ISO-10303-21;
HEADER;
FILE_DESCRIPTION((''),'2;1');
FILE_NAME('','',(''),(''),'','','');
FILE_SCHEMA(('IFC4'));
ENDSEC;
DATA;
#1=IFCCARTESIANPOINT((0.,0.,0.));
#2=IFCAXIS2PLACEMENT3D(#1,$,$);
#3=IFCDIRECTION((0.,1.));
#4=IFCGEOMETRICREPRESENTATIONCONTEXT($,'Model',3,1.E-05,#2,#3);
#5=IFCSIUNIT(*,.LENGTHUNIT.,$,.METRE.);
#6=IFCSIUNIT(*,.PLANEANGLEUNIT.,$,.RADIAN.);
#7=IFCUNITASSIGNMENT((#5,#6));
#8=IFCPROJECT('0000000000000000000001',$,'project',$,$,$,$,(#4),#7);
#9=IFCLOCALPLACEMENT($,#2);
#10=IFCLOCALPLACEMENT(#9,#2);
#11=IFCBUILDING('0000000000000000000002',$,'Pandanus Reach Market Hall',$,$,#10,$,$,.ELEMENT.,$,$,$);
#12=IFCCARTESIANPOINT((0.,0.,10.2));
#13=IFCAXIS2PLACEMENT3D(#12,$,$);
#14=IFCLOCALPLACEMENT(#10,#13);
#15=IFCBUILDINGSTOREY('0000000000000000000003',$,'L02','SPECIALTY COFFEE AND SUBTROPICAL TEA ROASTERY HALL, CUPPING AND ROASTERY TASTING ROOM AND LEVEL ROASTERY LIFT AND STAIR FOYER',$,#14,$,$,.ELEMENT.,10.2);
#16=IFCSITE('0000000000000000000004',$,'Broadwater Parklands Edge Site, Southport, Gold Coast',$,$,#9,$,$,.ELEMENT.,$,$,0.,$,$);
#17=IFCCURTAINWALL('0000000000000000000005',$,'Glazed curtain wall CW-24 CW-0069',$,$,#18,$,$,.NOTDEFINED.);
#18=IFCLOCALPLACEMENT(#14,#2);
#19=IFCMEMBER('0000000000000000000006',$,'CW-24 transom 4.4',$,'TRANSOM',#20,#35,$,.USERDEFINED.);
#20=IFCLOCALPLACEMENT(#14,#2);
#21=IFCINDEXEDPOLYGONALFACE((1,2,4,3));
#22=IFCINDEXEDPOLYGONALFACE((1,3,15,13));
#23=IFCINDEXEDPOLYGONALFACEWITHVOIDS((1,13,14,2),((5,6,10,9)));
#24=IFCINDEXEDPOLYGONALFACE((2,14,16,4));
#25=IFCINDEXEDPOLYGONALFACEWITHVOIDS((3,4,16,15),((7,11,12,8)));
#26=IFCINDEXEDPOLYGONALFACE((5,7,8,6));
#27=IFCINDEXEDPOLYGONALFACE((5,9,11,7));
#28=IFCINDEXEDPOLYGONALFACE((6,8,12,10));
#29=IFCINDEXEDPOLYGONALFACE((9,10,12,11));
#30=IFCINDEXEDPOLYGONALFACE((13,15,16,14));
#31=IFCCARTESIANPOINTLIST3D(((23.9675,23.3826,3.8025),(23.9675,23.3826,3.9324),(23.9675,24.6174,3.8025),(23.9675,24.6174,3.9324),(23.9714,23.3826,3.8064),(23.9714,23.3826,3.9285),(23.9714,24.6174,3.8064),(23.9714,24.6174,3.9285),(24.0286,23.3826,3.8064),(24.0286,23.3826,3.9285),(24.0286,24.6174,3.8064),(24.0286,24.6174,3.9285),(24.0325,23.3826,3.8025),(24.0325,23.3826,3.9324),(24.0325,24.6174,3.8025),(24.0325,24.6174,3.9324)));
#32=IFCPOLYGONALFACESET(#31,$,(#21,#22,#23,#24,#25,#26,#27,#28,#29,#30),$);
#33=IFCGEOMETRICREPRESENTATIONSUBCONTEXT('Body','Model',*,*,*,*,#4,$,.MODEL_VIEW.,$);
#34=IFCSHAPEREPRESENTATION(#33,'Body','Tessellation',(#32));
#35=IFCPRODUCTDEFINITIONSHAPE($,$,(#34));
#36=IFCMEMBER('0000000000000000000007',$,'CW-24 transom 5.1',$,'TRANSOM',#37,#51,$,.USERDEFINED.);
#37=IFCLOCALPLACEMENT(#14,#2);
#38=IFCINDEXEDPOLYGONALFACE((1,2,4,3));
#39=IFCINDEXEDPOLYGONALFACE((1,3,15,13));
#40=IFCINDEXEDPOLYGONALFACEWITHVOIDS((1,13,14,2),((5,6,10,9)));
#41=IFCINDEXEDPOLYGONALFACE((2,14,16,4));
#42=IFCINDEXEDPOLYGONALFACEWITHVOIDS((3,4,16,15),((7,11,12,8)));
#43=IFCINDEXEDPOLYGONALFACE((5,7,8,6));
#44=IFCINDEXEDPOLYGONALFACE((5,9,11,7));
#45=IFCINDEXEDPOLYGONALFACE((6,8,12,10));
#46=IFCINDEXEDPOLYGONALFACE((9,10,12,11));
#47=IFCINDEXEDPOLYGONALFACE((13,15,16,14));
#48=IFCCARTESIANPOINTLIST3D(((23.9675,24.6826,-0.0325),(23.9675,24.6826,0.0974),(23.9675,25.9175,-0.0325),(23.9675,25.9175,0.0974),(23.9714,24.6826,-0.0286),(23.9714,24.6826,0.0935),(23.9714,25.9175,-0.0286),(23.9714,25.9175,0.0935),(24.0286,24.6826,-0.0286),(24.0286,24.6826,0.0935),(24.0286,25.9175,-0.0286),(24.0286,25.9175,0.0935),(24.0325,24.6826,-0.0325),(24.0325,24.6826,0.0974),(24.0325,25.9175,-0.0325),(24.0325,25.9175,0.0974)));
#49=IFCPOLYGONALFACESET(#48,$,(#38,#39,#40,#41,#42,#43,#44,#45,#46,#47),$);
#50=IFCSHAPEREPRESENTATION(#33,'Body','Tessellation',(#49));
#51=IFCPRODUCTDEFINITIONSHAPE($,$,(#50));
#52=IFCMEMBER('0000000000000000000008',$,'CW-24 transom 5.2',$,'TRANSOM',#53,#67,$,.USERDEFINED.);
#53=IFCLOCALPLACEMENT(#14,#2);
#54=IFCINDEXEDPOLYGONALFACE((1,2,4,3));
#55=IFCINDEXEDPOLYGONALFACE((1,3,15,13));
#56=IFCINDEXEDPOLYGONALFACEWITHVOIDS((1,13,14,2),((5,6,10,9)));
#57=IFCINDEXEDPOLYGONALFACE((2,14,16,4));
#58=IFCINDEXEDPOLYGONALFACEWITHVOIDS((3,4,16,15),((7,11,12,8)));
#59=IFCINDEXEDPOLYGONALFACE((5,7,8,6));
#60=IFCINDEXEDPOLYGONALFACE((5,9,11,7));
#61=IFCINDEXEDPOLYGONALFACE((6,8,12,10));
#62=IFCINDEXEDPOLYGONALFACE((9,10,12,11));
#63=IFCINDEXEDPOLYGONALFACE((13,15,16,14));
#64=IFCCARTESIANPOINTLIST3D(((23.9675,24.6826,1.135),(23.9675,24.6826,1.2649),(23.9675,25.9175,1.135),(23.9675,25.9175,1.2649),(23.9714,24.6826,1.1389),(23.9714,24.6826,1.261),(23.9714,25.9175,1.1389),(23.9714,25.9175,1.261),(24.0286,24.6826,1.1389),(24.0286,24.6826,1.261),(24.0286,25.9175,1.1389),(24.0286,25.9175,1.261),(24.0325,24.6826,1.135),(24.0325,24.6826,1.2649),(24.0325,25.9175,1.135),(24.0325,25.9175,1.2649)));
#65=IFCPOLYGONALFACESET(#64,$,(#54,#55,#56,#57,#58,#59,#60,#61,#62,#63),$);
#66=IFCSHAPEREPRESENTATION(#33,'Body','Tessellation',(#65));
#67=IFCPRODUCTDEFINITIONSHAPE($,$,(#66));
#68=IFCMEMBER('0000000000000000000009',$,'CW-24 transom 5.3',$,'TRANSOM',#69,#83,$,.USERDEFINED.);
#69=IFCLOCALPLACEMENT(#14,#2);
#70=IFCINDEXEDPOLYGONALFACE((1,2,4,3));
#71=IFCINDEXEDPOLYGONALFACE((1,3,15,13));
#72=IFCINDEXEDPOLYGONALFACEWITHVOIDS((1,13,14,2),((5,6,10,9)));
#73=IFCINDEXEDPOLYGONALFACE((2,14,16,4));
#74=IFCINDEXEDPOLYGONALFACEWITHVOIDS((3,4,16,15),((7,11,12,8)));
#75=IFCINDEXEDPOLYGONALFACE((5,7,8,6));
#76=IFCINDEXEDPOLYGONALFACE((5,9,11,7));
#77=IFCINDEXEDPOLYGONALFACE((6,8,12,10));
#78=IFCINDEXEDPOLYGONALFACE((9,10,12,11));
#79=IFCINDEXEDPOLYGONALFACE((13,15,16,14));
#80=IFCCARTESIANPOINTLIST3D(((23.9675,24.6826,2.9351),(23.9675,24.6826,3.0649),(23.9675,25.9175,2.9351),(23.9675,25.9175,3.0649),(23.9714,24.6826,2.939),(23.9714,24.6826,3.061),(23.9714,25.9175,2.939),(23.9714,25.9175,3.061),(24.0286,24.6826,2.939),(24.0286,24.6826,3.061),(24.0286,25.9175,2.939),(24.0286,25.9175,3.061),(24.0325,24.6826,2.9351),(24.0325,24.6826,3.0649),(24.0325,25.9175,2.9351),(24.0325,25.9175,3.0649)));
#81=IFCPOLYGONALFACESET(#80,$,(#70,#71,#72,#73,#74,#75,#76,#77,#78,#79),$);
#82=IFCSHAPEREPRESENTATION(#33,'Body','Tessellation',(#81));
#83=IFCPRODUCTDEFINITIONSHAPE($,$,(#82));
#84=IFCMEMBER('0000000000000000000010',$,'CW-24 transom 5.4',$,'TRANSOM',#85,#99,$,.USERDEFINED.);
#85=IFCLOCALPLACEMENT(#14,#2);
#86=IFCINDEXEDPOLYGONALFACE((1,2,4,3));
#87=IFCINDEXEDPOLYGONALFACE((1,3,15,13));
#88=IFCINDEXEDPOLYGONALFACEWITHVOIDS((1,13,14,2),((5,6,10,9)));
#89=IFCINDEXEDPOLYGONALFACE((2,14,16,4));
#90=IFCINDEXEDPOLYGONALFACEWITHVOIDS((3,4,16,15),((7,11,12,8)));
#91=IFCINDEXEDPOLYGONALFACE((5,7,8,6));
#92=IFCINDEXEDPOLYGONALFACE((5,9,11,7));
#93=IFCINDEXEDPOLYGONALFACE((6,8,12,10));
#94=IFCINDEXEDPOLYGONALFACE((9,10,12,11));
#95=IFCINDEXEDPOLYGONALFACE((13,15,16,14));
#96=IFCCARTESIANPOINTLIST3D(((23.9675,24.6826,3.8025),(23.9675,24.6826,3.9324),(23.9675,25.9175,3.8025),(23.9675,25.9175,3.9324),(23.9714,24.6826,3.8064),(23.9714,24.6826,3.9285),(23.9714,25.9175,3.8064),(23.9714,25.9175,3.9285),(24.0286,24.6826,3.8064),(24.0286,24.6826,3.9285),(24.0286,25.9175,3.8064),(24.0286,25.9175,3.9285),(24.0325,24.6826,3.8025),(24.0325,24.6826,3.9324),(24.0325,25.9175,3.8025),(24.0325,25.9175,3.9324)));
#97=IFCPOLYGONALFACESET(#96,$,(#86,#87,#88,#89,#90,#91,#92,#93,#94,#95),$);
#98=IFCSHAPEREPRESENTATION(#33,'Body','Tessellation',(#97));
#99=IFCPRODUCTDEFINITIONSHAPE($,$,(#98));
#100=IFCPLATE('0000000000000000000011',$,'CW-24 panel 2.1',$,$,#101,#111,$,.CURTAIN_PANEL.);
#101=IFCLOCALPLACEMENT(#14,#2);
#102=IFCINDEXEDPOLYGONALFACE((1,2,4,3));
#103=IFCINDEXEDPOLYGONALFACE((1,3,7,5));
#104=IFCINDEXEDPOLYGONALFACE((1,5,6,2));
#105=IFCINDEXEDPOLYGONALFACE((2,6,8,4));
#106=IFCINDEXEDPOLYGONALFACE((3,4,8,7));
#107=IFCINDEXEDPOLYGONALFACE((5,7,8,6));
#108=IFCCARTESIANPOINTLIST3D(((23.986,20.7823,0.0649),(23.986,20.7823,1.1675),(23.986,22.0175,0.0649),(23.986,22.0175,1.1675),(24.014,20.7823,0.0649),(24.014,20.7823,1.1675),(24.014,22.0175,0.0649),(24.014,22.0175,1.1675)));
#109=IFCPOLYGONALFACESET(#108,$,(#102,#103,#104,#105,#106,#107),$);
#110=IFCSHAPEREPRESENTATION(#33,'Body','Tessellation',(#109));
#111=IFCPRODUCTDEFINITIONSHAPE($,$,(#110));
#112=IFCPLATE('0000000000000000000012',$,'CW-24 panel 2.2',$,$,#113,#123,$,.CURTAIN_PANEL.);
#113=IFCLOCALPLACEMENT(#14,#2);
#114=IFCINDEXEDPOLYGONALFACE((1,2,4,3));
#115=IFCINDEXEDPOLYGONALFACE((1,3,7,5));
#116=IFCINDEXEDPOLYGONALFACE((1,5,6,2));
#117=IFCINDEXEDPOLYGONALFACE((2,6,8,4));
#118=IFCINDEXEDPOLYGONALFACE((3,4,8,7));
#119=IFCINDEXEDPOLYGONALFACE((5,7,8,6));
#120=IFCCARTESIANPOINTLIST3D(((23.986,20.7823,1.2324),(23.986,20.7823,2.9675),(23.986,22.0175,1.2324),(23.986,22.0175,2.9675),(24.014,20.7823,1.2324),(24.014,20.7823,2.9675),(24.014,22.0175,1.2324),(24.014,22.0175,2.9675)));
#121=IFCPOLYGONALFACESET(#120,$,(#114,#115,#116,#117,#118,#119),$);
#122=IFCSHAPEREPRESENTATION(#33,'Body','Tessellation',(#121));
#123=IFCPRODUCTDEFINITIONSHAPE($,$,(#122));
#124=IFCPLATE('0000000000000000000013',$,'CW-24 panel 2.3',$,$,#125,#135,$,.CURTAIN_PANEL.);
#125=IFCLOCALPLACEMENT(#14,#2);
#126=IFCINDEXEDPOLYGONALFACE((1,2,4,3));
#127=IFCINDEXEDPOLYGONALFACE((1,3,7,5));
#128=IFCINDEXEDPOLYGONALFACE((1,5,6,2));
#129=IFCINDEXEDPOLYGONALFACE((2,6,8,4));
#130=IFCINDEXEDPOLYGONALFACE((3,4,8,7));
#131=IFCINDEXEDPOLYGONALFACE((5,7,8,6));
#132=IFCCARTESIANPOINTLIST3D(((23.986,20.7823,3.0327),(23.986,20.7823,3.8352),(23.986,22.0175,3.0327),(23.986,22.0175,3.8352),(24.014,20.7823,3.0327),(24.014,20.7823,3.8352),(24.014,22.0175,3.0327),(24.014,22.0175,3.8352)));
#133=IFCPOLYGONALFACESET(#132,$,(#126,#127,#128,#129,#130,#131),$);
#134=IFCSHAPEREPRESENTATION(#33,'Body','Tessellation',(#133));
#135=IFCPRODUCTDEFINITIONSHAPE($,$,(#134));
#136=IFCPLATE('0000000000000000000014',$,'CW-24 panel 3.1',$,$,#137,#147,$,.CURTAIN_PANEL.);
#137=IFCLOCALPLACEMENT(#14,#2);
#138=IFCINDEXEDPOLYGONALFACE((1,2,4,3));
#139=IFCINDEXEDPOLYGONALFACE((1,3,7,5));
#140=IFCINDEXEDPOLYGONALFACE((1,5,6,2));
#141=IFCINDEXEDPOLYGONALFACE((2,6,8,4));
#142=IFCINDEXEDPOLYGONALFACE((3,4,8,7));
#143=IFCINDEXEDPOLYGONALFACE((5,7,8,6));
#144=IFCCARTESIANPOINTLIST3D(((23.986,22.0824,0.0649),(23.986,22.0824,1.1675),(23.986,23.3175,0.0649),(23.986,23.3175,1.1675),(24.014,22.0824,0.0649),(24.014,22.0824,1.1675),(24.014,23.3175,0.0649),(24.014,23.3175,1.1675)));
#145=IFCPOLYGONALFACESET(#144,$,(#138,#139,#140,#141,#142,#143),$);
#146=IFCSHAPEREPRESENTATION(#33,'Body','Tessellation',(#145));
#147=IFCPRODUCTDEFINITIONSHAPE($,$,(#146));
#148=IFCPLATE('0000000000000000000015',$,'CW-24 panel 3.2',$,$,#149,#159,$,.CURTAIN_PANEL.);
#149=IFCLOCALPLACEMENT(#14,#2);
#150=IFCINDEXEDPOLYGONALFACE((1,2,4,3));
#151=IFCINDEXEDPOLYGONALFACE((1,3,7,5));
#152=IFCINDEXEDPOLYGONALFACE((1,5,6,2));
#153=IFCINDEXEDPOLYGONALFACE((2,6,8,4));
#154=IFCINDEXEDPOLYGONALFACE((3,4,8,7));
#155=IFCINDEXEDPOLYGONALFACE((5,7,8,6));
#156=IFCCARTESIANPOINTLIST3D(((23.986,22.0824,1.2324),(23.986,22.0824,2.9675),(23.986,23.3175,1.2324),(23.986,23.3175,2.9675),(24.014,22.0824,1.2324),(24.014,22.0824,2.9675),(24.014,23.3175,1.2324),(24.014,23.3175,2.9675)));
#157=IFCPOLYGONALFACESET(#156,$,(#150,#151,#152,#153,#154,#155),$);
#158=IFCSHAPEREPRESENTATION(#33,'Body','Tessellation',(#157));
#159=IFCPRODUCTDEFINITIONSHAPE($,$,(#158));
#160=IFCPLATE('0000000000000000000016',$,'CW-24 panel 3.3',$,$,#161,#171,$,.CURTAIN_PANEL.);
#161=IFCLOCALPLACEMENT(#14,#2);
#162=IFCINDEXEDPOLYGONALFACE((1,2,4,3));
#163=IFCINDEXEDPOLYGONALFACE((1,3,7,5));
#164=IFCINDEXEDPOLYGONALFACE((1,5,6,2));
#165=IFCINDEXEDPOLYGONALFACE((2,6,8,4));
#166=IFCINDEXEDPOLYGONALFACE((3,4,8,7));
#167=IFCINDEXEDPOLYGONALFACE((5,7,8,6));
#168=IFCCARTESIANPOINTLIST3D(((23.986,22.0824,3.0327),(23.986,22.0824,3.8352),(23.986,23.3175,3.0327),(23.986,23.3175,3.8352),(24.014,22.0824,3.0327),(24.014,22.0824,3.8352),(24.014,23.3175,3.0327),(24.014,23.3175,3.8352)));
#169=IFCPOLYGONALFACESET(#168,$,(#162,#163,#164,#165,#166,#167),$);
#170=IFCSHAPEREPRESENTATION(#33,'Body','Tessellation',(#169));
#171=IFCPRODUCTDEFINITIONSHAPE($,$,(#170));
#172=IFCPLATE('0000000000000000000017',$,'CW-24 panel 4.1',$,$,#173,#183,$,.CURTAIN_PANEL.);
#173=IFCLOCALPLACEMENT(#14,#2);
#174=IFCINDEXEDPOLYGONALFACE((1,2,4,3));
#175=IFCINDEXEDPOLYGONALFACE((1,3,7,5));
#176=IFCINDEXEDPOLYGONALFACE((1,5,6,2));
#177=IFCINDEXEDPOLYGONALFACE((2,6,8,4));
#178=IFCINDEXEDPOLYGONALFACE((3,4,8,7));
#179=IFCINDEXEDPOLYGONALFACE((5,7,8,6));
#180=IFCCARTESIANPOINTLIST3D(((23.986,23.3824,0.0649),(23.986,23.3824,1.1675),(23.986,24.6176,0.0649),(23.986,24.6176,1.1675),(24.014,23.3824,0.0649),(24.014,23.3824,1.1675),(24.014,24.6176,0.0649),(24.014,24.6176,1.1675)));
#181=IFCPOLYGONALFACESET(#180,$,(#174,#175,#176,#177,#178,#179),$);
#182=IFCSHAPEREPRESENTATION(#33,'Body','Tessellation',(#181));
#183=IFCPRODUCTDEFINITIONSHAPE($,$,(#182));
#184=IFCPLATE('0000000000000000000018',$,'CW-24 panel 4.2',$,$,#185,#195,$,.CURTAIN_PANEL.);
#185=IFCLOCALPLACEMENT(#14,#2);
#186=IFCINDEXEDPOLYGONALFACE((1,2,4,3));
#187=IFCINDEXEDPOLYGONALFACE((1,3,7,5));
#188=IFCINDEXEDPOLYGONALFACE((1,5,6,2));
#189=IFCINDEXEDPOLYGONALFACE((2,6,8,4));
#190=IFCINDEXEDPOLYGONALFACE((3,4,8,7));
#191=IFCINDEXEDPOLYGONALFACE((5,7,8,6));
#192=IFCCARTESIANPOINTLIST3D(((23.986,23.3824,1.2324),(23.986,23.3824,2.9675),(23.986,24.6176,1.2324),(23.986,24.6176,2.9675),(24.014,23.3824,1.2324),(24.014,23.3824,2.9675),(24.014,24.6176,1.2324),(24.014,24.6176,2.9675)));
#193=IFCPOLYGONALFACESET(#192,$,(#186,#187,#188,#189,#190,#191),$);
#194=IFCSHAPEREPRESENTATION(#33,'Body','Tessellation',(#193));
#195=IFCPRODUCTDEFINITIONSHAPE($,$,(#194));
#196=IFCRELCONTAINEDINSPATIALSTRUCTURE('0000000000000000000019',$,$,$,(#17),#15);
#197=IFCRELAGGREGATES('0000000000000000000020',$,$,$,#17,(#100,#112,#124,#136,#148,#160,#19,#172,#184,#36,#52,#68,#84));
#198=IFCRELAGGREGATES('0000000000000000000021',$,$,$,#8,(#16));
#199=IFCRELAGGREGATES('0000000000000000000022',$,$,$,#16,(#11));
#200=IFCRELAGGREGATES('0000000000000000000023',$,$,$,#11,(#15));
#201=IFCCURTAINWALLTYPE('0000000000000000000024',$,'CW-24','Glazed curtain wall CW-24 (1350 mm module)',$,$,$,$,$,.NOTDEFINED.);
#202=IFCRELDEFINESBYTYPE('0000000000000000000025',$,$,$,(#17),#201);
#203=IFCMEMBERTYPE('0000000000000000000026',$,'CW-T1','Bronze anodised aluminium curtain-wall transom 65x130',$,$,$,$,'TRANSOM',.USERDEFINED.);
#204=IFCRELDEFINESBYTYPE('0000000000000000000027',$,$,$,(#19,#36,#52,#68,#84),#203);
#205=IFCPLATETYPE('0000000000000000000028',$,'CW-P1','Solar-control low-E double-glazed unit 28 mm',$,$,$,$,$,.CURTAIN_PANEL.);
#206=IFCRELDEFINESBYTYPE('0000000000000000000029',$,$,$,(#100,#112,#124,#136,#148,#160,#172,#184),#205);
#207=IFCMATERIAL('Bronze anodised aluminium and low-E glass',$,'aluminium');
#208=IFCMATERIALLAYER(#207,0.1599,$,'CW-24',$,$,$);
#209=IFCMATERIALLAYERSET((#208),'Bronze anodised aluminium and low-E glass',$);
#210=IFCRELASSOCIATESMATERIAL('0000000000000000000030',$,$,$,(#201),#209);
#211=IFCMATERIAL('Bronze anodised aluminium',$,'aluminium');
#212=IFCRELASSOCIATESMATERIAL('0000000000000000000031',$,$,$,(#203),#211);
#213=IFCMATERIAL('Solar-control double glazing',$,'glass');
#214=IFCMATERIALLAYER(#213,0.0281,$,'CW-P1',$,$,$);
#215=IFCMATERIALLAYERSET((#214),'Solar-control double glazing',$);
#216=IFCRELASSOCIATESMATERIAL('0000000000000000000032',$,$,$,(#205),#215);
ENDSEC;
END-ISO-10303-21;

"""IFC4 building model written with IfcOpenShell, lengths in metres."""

from ifc_helpers import new_model, si_unit, direction, frame, origin, origin_2d, place, context, subcontext, project, spatial, rectangle, hollow_rectangle, extrude, material, layer, layer_set, material_profile, profile_set, type_object, element, aggregate, save


model = new_model("IFC4")

# Units and contexts
model_context = context("Model", 3, precision=1e-05, world=origin(), true_north=direction((0.0, 1.0)))
body_context = subcontext(model_context, "Body", "Model", "MODEL_VIEW")
ifc_project = project(units=[si_unit("LENGTHUNIT", "METRE"), si_unit("PLANEANGLEUNIT", "RADIAN")], contexts=[model_context])

# Site, building, storey
site_placement = place(None, origin())
site = spatial("IfcSite", under=ifc_project, at=site_placement, Name="Broadwater Parklands Edge Site, Southport, Gold Coast", CompositionType="ELEMENT", RefElevation=0.0)
building_placement = place(site_placement, origin())
building = spatial("IfcBuilding", under=site, at=building_placement, Name="Pandanus Reach Market Hall", CompositionType="ELEMENT")
storey_placement = place(building_placement, frame((0.0, 0.0, 10.2)))
storey = spatial("IfcBuildingStorey", under=building, at=storey_placement, Name="L02", Description="SPECIALTY COFFEE AND SUBTROPICAL TEA ROASTERY HALL, CUPPING AND ROASTERY TASTING ROOM AND LEVEL ROASTERY LIFT AND STAIR FOYER", CompositionType="ELEMENT", Elevation=10.2)

# Curtain wall, members, plates
ifc_material_1 = material(Name="Bronze anodised aluminium and low-E glass", Category="aluminium")
ifc_layer_1 = layer(ifc_material_1, 0.1599, Name="CW-24")
ifc_layer_set_1 = layer_set([ifc_layer_1], Name="Bronze anodised aluminium and low-E glass")
curtain_wall_type = type_object("IfcCurtainWallType", Name="CW-24", Description="Glazed curtain wall CW-24 (1350 mm module)", PredefinedType="NOTDEFINED", material=ifc_layer_set_1)
curtain_wall_placement = place(storey_placement, origin())
curtain_wall = element("IfcCurtainWall", 1, at=curtain_wall_placement, inside=storey, type_object=curtain_wall_type, Name="Glazed curtain wall CW-24 CW-0069", PredefinedType="NOTDEFINED")
ifc_material_2 = material(Name="Bronze anodised aluminium", Category="aluminium")
ifc_material_profile_1 = material_profile(ifc_material_2, hollow_rectangle(XDim=0.0649, YDim=0.1299, WallThickness=0.0039, at=origin_2d()), Name="ALU65x130", Category="LoadBearing")
ifc_profile_set_1 = profile_set([ifc_material_profile_1], Name="Bronze anodised aluminium")
member_type_1 = type_object("IfcMemberType", Name="CW-T1", Description="Bronze anodised aluminium curtain-wall transom 65x130", ElementType="TRANSOM", PredefinedType="USERDEFINED", material=ifc_profile_set_1)
member_1_placement = place(storey_placement, frame((24.0, 23.3826, 3.8674), z_axis=(0.0, 1.0, 0.0), x_axis=(-1.0, 0.0, 0.0)))
member_1 = element("IfcMember", 2, at=member_1_placement, type_object=member_type_1, Name="CW-24 transom 4.4", ObjectType="TRANSOM", PredefinedType="USERDEFINED", context=body_context, shape_type="SweptSolid", body=[
    extrude(hollow_rectangle(XDim=0.0649, YDim=0.1299, WallThickness=0.0039, at=origin_2d()), origin(), (0.0, 0.0, 1.0), 1.2349),
])
member_2_placement = place(storey_placement, frame((24.0, 24.6826, 0.0325), z_axis=(0.0, 1.0, 0.0), x_axis=(-1.0, 0.0, 0.0)))
member_2 = element("IfcMember", 3, at=member_2_placement, type_object=member_type_1, Name="CW-24 transom 5.1", ObjectType="TRANSOM", PredefinedType="USERDEFINED", context=body_context, shape_type="SweptSolid", body=[
    extrude(hollow_rectangle(XDim=0.0649, YDim=0.1299, WallThickness=0.0039, at=origin_2d()), origin(), (0.0, 0.0, 1.0), 1.2349),
])
member_3_placement = place(storey_placement, frame((24.0, 24.6826, 1.2), z_axis=(0.0, 1.0, 0.0), x_axis=(-1.0, 0.0, 0.0)))
member_3 = element("IfcMember", 4, at=member_3_placement, type_object=member_type_1, Name="CW-24 transom 5.2", ObjectType="TRANSOM", PredefinedType="USERDEFINED", context=body_context, shape_type="SweptSolid", body=[
    extrude(hollow_rectangle(XDim=0.0649, YDim=0.1299, WallThickness=0.0039, at=origin_2d()), origin(), (0.0, 0.0, 1.0), 1.2349),
])
member_4_placement = place(storey_placement, frame((24.0, 24.6826, 3.0), z_axis=(0.0, 1.0, 0.0), x_axis=(-1.0, 0.0, 0.0)))
member_4 = element("IfcMember", 5, at=member_4_placement, type_object=member_type_1, Name="CW-24 transom 5.3", ObjectType="TRANSOM", PredefinedType="USERDEFINED", context=body_context, shape_type="SweptSolid", body=[
    extrude(hollow_rectangle(XDim=0.0649, YDim=0.1299, WallThickness=0.0039, at=origin_2d()), origin(), (0.0, 0.0, 1.0), 1.2349),
])
member_5_placement = place(storey_placement, frame((24.0, 24.6826, 3.8674), z_axis=(0.0, 1.0, 0.0), x_axis=(-1.0, 0.0, 0.0)))
member_5 = element("IfcMember", 6, at=member_5_placement, type_object=member_type_1, Name="CW-24 transom 5.4", ObjectType="TRANSOM", PredefinedType="USERDEFINED", context=body_context, shape_type="SweptSolid", body=[
    extrude(hollow_rectangle(XDim=0.0649, YDim=0.1299, WallThickness=0.0039, at=origin_2d()), origin(), (0.0, 0.0, 1.0), 1.2349),
])
ifc_material_3 = material(Name="Solar-control double glazing", Category="glass")
ifc_layer_2 = layer(ifc_material_3, 0.0281, Name="CW-P1")
ifc_layer_set_2 = layer_set([ifc_layer_2], Name="Solar-control double glazing")
plate_type = type_object("IfcPlateType", Name="CW-P1", Description="Solar-control low-E double-glazed unit 28 mm", PredefinedType="CURTAIN_PANEL", material=ifc_layer_set_2)
plate_1_placement = place(storey_placement, frame((24.0, 21.3999, 0.0649), z_axis=(0.0, 0.0, 1.0), x_axis=(0.0, 1.0, 0.0)))
plate_1 = element("IfcPlate", 7, at=plate_1_placement, type_object=plate_type, Name="CW-24 panel 2.1", PredefinedType="CURTAIN_PANEL", context=body_context, shape_type="SweptSolid", body=[
    extrude(rectangle(XDim=1.2351, YDim=0.0281, at=origin_2d()), origin(), (0.0, 0.0, 1.0), 1.1025),
])
plate_2_placement = place(storey_placement, frame((24.0, 21.3999, 1.2324), z_axis=(0.0, 0.0, 1.0), x_axis=(0.0, 1.0, 0.0)))
plate_2 = element("IfcPlate", 8, at=plate_2_placement, type_object=plate_type, Name="CW-24 panel 2.2", PredefinedType="CURTAIN_PANEL", context=body_context, shape_type="SweptSolid", body=[
    extrude(rectangle(XDim=1.2351, YDim=0.0281, at=origin_2d()), origin(), (0.0, 0.0, 1.0), 1.7351),
])
plate_3_placement = place(storey_placement, frame((24.0, 21.3999, 3.0327), z_axis=(0.0, 0.0, 1.0), x_axis=(0.0, 1.0, 0.0)))
plate_3 = element("IfcPlate", 9, at=plate_3_placement, type_object=plate_type, Name="CW-24 panel 2.3", PredefinedType="CURTAIN_PANEL", context=body_context, shape_type="SweptSolid", body=[
    extrude(rectangle(XDim=1.2351, YDim=0.0281, at=origin_2d()), origin(), (0.0, 0.0, 1.0), 0.8025),
])
plate_4_placement = place(storey_placement, frame((24.0, 22.7, 0.0649), z_axis=(0.0, 0.0, 1.0), x_axis=(0.0, 1.0, 0.0)))
plate_4 = element("IfcPlate", 10, at=plate_4_placement, type_object=plate_type, Name="CW-24 panel 3.1", PredefinedType="CURTAIN_PANEL", context=body_context, shape_type="SweptSolid", body=[
    extrude(rectangle(XDim=1.2351, YDim=0.0281, at=origin_2d()), origin(), (0.0, 0.0, 1.0), 1.1025),
])
plate_5_placement = place(storey_placement, frame((24.0, 22.7, 1.2324), z_axis=(0.0, 0.0, 1.0), x_axis=(0.0, 1.0, 0.0)))
plate_5 = element("IfcPlate", 11, at=plate_5_placement, type_object=plate_type, Name="CW-24 panel 3.2", PredefinedType="CURTAIN_PANEL", context=body_context, shape_type="SweptSolid", body=[
    extrude(rectangle(XDim=1.2351, YDim=0.0281, at=origin_2d()), origin(), (0.0, 0.0, 1.0), 1.7351),
])
plate_6_placement = place(storey_placement, frame((24.0, 22.7, 3.0327), z_axis=(0.0, 0.0, 1.0), x_axis=(0.0, 1.0, 0.0)))
plate_6 = element("IfcPlate", 12, at=plate_6_placement, type_object=plate_type, Name="CW-24 panel 3.3", PredefinedType="CURTAIN_PANEL", context=body_context, shape_type="SweptSolid", body=[
    extrude(rectangle(XDim=1.2351, YDim=0.0281, at=origin_2d()), origin(), (0.0, 0.0, 1.0), 0.8025),
])
plate_7_placement = place(storey_placement, frame((24.0, 24.0, 0.0649), z_axis=(0.0, 0.0, 1.0), x_axis=(0.0, 1.0, 0.0)))
plate_7 = element("IfcPlate", 13, at=plate_7_placement, type_object=plate_type, Name="CW-24 panel 4.1", PredefinedType="CURTAIN_PANEL", context=body_context, shape_type="SweptSolid", body=[
    extrude(rectangle(XDim=1.2351, YDim=0.0281, at=origin_2d()), origin(), (0.0, 0.0, 1.0), 1.1025),
])
plate_8_placement = place(storey_placement, frame((24.0, 24.0, 1.2324), z_axis=(0.0, 0.0, 1.0), x_axis=(0.0, 1.0, 0.0)))
plate_8 = element("IfcPlate", 14, at=plate_8_placement, type_object=plate_type, Name="CW-24 panel 4.2", PredefinedType="CURTAIN_PANEL", context=body_context, shape_type="SweptSolid", body=[
    extrude(rectangle(XDim=1.2351, YDim=0.0281, at=origin_2d()), origin(), (0.0, 0.0, 1.0), 1.7351),
])
aggregate(curtain_wall, [plate_1, plate_2, plate_3, plate_4, plate_5, plate_6, member_1, plate_7, plate_8, member_2, member_3, member_4, member_5])

save(model, "model.ifc")
